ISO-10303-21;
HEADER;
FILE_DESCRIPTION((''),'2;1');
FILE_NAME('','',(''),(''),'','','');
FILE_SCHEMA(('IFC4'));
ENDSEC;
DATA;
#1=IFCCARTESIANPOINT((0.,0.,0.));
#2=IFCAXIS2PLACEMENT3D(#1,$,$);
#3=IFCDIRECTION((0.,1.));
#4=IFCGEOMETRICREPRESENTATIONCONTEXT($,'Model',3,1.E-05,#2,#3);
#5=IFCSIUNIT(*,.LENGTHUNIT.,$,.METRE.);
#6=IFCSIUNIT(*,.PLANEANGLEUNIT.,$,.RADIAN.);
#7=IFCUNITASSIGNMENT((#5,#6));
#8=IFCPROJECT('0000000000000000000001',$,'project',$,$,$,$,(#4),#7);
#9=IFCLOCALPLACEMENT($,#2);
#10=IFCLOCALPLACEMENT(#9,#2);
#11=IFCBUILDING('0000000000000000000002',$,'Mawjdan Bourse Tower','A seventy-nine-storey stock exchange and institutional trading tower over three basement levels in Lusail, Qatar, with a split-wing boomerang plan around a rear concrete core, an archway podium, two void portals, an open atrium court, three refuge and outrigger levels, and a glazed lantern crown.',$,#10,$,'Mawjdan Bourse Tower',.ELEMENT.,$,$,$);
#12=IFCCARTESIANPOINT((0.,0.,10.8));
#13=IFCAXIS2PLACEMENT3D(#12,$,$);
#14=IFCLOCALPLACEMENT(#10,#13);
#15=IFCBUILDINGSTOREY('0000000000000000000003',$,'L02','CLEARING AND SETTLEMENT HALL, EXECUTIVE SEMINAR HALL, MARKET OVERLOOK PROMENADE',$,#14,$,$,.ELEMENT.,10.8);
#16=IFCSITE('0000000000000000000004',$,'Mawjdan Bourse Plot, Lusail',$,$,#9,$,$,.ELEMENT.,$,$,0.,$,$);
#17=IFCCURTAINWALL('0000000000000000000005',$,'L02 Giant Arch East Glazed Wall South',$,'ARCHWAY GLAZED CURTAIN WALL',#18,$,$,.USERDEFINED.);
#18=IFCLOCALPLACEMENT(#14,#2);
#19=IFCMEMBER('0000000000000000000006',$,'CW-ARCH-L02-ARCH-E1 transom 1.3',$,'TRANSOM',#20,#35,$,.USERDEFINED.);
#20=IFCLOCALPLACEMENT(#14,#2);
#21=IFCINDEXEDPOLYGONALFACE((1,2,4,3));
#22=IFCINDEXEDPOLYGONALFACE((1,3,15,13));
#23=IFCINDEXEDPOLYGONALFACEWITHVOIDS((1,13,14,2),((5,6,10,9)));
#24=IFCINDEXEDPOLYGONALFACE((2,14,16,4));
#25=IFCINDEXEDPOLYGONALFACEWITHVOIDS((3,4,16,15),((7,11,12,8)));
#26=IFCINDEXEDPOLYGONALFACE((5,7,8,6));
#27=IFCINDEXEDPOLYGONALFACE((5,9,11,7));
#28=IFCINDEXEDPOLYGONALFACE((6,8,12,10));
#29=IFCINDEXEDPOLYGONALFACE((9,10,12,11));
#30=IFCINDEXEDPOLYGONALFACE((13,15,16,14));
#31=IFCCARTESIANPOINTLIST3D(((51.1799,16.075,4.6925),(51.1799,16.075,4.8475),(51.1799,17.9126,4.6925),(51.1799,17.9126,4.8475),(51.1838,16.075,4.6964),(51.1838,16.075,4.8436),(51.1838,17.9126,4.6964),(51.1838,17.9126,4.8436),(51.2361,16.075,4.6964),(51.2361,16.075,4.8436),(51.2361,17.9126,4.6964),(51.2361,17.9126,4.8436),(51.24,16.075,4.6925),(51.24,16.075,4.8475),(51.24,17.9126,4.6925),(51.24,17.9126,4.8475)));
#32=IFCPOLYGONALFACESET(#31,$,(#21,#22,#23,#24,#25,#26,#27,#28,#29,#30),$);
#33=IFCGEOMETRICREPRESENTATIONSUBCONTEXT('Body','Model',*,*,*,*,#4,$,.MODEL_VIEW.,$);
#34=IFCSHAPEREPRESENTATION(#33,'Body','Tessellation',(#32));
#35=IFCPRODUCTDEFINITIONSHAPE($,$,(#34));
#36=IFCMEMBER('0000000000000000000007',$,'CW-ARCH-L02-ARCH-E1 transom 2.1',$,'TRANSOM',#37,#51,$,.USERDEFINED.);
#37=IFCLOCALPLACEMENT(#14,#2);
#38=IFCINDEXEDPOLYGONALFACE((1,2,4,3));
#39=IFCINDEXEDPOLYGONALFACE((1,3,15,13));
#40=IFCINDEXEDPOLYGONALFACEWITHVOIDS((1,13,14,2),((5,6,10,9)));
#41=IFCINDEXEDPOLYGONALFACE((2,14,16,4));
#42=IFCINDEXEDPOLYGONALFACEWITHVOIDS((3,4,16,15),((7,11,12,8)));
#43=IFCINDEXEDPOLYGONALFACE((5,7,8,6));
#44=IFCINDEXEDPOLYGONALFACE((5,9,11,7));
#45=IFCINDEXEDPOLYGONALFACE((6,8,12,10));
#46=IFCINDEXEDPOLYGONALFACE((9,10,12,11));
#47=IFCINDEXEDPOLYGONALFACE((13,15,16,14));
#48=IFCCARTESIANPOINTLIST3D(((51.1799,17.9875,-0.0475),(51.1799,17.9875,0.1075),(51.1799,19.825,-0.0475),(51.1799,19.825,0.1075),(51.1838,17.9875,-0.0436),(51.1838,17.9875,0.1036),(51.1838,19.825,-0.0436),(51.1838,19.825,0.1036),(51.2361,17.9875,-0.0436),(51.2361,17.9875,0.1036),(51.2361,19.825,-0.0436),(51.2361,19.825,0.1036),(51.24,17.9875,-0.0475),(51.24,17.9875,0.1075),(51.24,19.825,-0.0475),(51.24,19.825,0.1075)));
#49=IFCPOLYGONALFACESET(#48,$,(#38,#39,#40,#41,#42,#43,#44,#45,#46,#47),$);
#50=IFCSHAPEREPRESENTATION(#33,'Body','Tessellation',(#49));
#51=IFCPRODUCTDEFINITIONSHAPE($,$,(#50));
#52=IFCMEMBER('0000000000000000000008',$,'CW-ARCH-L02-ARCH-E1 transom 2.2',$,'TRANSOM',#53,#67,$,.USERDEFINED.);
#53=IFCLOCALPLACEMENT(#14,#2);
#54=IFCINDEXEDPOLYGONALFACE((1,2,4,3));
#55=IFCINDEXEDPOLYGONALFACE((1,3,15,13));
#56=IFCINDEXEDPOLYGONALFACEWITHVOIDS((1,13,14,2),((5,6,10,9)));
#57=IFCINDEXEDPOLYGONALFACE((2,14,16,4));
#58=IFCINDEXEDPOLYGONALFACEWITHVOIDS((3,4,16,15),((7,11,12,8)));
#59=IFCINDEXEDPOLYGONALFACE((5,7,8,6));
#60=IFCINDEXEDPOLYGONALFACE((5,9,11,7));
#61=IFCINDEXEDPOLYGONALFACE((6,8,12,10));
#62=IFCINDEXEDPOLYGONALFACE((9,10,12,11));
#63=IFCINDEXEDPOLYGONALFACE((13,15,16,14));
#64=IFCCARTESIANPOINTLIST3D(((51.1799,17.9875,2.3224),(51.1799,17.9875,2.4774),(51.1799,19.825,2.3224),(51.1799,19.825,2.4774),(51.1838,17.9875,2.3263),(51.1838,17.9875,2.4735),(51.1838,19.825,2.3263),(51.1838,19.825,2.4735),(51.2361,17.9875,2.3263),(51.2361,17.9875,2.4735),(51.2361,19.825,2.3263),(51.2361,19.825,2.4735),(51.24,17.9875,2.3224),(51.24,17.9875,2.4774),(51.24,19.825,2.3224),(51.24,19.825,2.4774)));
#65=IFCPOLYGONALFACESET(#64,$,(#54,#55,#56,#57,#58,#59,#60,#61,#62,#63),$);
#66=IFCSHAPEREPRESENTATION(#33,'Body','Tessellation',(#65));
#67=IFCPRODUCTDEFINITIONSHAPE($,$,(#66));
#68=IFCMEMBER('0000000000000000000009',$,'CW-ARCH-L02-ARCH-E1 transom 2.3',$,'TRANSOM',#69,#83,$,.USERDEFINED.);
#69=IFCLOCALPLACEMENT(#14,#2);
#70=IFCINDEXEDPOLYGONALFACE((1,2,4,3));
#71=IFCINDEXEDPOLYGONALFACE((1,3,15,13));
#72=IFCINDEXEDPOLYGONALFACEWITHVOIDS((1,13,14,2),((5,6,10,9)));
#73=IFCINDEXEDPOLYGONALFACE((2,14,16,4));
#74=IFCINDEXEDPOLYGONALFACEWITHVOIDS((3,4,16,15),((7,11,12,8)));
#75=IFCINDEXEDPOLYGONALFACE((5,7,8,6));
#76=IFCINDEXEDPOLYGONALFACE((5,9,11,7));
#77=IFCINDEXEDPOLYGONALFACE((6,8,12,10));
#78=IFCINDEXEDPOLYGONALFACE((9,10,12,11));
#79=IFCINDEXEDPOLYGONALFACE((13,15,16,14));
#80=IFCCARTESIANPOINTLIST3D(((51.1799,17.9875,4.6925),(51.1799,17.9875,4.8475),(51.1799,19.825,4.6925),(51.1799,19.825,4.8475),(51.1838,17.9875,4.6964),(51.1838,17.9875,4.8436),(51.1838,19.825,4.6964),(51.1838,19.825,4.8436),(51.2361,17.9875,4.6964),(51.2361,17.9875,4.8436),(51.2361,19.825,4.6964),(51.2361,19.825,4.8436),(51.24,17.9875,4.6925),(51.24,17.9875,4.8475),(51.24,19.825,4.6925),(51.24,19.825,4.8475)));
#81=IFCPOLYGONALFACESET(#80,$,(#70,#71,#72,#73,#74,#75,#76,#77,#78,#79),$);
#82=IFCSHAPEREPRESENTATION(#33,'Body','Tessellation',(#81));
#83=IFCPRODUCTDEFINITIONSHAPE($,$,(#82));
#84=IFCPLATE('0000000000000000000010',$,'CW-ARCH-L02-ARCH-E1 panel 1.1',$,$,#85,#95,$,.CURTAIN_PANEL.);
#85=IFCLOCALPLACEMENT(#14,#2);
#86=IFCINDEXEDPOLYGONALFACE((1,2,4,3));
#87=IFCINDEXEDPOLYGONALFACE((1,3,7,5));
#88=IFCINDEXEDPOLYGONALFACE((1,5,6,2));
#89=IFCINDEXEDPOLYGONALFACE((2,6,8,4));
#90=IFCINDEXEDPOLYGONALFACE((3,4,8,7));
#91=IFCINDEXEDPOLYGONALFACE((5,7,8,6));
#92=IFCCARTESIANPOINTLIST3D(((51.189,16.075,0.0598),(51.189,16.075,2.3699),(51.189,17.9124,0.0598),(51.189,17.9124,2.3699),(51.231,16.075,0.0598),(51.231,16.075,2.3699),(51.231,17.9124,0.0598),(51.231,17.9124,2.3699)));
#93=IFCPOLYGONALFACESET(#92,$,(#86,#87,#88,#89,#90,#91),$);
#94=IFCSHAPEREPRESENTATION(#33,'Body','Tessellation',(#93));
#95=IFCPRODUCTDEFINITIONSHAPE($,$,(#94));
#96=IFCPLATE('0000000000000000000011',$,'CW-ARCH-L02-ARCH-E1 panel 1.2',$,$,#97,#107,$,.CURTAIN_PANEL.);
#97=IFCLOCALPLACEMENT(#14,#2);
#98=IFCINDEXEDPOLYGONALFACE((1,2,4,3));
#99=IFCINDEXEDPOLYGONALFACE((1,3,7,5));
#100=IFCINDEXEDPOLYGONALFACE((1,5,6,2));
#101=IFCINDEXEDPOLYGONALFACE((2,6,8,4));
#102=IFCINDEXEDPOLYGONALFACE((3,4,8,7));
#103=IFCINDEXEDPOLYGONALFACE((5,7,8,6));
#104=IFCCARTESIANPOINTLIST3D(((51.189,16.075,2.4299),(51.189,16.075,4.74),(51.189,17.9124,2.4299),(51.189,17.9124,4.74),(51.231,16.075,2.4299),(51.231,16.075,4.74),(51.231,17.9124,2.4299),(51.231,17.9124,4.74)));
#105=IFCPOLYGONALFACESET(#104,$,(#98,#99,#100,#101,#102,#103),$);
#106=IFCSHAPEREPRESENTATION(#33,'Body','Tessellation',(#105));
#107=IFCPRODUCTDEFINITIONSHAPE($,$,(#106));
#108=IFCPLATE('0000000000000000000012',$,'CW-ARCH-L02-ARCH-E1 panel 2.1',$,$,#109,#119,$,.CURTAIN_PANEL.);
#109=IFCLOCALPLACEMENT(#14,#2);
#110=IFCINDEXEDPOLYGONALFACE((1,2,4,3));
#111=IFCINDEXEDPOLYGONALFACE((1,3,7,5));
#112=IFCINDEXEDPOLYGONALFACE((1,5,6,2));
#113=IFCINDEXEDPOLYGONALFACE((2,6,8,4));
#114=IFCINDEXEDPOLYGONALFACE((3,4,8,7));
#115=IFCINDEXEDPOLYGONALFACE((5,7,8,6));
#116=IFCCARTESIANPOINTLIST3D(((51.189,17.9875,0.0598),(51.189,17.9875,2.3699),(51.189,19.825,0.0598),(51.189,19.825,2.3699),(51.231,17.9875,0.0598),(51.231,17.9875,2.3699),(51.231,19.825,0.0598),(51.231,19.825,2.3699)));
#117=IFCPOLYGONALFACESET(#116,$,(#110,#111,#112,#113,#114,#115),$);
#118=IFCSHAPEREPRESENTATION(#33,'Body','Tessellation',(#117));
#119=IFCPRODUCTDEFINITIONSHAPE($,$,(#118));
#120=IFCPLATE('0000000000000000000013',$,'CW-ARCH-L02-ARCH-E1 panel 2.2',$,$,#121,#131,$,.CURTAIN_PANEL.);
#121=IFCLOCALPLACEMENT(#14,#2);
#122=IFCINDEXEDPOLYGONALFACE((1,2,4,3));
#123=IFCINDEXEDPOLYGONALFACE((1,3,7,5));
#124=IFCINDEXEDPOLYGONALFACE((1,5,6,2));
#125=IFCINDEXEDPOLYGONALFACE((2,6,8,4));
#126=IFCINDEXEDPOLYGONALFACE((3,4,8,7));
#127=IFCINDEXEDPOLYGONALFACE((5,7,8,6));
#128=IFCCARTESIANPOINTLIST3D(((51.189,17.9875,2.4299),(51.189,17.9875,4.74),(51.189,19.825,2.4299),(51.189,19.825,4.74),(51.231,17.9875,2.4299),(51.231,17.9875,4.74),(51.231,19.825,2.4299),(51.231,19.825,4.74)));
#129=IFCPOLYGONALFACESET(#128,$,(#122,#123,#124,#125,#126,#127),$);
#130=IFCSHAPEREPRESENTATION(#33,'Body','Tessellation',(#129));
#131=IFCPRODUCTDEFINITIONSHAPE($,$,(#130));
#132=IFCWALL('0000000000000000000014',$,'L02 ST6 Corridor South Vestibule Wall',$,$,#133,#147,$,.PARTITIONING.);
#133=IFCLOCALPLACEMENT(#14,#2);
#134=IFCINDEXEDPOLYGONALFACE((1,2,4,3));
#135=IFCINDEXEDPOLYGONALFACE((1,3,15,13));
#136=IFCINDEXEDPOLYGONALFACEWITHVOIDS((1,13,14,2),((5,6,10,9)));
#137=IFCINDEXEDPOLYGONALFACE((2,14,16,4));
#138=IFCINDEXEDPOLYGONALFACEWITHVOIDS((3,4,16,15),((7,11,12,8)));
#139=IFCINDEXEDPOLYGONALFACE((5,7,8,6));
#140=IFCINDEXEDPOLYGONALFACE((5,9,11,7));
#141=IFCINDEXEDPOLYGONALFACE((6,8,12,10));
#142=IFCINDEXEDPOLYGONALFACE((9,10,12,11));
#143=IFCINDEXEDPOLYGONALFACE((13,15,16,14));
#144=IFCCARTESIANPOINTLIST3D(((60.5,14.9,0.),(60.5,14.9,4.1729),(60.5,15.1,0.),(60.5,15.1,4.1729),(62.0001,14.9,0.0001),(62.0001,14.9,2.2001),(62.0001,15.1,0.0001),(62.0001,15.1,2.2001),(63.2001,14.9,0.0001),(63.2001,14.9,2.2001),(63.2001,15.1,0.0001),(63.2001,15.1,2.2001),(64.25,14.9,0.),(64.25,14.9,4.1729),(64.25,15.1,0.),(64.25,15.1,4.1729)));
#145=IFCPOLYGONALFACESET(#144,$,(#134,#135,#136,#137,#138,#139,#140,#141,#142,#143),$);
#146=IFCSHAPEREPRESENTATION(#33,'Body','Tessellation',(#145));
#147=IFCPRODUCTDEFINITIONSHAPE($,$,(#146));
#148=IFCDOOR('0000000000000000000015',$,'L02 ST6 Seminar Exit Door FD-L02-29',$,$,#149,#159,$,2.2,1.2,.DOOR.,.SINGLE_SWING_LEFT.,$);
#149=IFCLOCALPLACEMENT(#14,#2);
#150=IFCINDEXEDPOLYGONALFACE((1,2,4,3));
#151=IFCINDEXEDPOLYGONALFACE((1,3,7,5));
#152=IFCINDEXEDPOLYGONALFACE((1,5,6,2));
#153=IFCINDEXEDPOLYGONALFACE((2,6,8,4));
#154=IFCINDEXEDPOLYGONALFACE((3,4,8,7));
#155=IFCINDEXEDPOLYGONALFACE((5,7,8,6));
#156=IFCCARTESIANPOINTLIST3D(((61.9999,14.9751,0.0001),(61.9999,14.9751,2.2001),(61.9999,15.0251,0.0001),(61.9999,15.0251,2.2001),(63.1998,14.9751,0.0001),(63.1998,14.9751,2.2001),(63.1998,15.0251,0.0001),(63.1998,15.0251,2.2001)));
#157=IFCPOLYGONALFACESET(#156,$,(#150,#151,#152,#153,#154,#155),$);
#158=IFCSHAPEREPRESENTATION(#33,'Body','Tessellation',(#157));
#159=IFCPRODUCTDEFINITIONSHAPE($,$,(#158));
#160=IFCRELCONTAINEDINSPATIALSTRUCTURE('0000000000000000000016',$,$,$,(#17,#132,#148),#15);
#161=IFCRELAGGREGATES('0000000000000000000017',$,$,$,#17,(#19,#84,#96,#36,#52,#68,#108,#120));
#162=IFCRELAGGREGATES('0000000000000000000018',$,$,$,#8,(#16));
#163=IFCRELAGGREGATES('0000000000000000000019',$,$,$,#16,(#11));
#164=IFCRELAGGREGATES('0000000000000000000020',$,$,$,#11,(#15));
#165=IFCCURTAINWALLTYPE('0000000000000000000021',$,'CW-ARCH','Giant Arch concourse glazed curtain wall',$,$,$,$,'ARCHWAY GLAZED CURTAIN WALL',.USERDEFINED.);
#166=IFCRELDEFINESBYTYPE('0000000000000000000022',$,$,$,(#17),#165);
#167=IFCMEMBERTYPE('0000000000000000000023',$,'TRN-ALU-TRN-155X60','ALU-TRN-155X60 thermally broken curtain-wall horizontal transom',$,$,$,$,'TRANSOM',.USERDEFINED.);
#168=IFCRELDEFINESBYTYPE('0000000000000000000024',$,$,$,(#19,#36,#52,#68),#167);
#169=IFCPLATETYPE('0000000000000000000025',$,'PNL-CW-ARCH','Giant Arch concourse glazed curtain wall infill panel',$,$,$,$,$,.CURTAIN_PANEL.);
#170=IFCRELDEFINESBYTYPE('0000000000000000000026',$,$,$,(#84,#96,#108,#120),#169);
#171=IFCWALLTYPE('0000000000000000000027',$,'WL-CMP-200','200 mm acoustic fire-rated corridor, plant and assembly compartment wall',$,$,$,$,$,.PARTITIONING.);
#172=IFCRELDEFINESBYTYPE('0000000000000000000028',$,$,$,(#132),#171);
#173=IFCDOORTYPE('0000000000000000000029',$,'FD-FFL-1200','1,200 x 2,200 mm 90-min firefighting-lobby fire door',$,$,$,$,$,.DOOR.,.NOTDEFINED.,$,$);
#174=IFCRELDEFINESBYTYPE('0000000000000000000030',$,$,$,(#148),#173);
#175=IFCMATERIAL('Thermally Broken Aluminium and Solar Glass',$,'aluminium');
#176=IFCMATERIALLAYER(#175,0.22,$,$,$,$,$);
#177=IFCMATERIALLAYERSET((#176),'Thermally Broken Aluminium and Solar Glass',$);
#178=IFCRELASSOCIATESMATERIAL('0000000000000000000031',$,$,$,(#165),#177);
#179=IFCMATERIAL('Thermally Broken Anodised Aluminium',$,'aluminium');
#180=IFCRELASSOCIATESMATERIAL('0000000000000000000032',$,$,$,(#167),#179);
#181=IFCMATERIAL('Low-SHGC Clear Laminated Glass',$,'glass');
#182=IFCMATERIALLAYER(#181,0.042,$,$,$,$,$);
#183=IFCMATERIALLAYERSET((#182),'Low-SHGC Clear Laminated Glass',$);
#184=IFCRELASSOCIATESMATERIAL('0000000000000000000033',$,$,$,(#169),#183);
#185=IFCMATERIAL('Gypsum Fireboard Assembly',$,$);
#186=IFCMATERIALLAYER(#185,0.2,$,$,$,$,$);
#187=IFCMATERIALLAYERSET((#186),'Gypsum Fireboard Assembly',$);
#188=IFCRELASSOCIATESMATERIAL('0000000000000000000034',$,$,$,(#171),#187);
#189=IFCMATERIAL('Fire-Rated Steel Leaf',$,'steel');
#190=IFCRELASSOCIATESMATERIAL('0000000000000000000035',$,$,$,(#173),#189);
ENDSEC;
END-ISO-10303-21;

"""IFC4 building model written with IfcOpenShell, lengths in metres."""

from ifc_helpers import new_model, si_unit, direction, frame, frame_2d, origin, origin_2d, place, context, subcontext, project, spatial, rectangle, hollow_rectangle, extrude, material, layer, layer_set, material_profile, profile_set, type_object, element, fill, aggregate, save


model = new_model("IFC4")

# Units and contexts
model_context = context("Model", 3, precision=1e-05, world=origin(), true_north=direction((0.0, 1.0)))
body_context = subcontext(model_context, "Body", "Model", "MODEL_VIEW")
ifc_project = project(units=[si_unit("LENGTHUNIT", "METRE"), si_unit("PLANEANGLEUNIT", "RADIAN")], contexts=[model_context])

# Site, building, storey
site_placement = place(None, origin())
site = spatial("IfcSite", under=ifc_project, at=site_placement, Name="Mawjdan Bourse Plot, Lusail", CompositionType="ELEMENT", RefElevation=0.0)
building_placement = place(site_placement, origin())
building = spatial("IfcBuilding", under=site, at=building_placement, Name="Mawjdan Bourse Tower", Description="A seventy-nine-storey stock exchange and institutional trading tower over three basement levels in Lusail, Qatar, with a split-wing boomerang plan around a rear concrete core, an archway podium, two void portals, an open atrium court, three refuge and outrigger levels, and a glazed lantern crown.", LongName="Mawjdan Bourse Tower", CompositionType="ELEMENT")
storey_placement = place(building_placement, frame((0.0, 0.0, 10.8)))
storey = spatial("IfcBuildingStorey", under=building, at=storey_placement, Name="L02", Description="CLEARING AND SETTLEMENT HALL, EXECUTIVE SEMINAR HALL, MARKET OVERLOOK PROMENADE", CompositionType="ELEMENT", Elevation=10.8)

# Curtain wall, members, plates
ifc_material_1 = material(Name="Thermally Broken Aluminium and Solar Glass", Category="aluminium")
ifc_layer_1 = layer(ifc_material_1, 0.22)
ifc_layer_set_1 = layer_set([ifc_layer_1], Name="Thermally Broken Aluminium and Solar Glass")
curtain_wall_type = type_object("IfcCurtainWallType", Name="CW-ARCH", Description="Giant Arch concourse glazed curtain wall", ElementType="ARCHWAY GLAZED CURTAIN WALL", PredefinedType="USERDEFINED", material=ifc_layer_set_1)
curtain_wall_placement = place(storey_placement, origin())
curtain_wall = element("IfcCurtainWall", 1, at=curtain_wall_placement, inside=storey, type_object=curtain_wall_type, Name="L02 Giant Arch East Glazed Wall South", ObjectType="ARCHWAY GLAZED CURTAIN WALL", PredefinedType="USERDEFINED")
ifc_material_2 = material(Name="Thermally Broken Anodised Aluminium", Category="aluminium")
ifc_material_profile_1 = material_profile(ifc_material_2, hollow_rectangle(XDim=0.0601, YDim=0.155, WallThickness=0.0039, at=origin_2d()), Name="ALU-TRN-155X60")
ifc_profile_set_1 = profile_set([ifc_material_profile_1], Name="Thermally Broken Anodised Aluminium")
member_type_1 = type_object("IfcMemberType", Name="TRN-ALU-TRN-155X60", Description="ALU-TRN-155X60 thermally broken curtain-wall horizontal transom", ElementType="TRANSOM", PredefinedType="USERDEFINED", material=ifc_profile_set_1)
member_1_placement = place(storey_placement, frame((51.21, 16.075, 4.77), z_axis=(0.0, 1.0, 0.0), x_axis=(-1.0, 0.0, 0.0)))
member_1 = element("IfcMember", 2, at=member_1_placement, type_object=member_type_1, Name="CW-ARCH-L02-ARCH-E1 transom 1.3", ObjectType="TRANSOM", PredefinedType="USERDEFINED", context=body_context, shape_type="SweptSolid", body=[
    extrude(hollow_rectangle(XDim=0.0601, YDim=0.155, WallThickness=0.0039, at=origin_2d()), origin(), (0.0, 0.0, 1.0), 1.8376),
])
member_2_placement = place(storey_placement, frame((51.21, 17.9875, 0.03), z_axis=(0.0, 1.0, 0.0), x_axis=(-1.0, 0.0, 0.0)))
member_2 = element("IfcMember", 3, at=member_2_placement, type_object=member_type_1, Name="CW-ARCH-L02-ARCH-E1 transom 2.1", ObjectType="TRANSOM", PredefinedType="USERDEFINED", context=body_context, shape_type="SweptSolid", body=[
    extrude(hollow_rectangle(XDim=0.0601, YDim=0.155, WallThickness=0.0039, at=origin_2d()), origin(), (0.0, 0.0, 1.0), 1.8374),
])
member_3_placement = place(storey_placement, frame((51.21, 17.9875, 2.3999), z_axis=(0.0, 1.0, 0.0), x_axis=(-1.0, 0.0, 0.0)))
member_3 = element("IfcMember", 4, at=member_3_placement, type_object=member_type_1, Name="CW-ARCH-L02-ARCH-E1 transom 2.2", ObjectType="TRANSOM", PredefinedType="USERDEFINED", context=body_context, shape_type="SweptSolid", body=[
    extrude(hollow_rectangle(XDim=0.0601, YDim=0.155, WallThickness=0.0039, at=origin_2d()), origin(), (0.0, 0.0, 1.0), 1.8374),
])
member_4_placement = place(storey_placement, frame((51.21, 17.9875, 4.77), z_axis=(0.0, 1.0, 0.0), x_axis=(-1.0, 0.0, 0.0)))
member_4 = element("IfcMember", 5, at=member_4_placement, type_object=member_type_1, Name="CW-ARCH-L02-ARCH-E1 transom 2.3", ObjectType="TRANSOM", PredefinedType="USERDEFINED", context=body_context, shape_type="SweptSolid", body=[
    extrude(hollow_rectangle(XDim=0.0601, YDim=0.155, WallThickness=0.0039, at=origin_2d()), origin(), (0.0, 0.0, 1.0), 1.8374),
])
ifc_material_3 = material(Name="Low-SHGC Clear Laminated Glass", Category="glass")
ifc_layer_2 = layer(ifc_material_3, 0.042)
ifc_layer_set_2 = layer_set([ifc_layer_2], Name="Low-SHGC Clear Laminated Glass")
plate_type = type_object("IfcPlateType", Name="PNL-CW-ARCH", Description="Giant Arch concourse glazed curtain wall infill panel", PredefinedType="CURTAIN_PANEL", material=ifc_layer_set_2)
plate_1_placement = place(storey_placement, frame((51.21, 16.9937, 0.0598), z_axis=(0.0, 0.0, 1.0), x_axis=(0.0, 1.0, 0.0)))
plate_1 = element("IfcPlate", 6, at=plate_1_placement, type_object=plate_type, Name="CW-ARCH-L02-ARCH-E1 panel 1.1", PredefinedType="CURTAIN_PANEL", context=body_context, shape_type="SweptSolid", body=[
    extrude(rectangle(XDim=1.8374, YDim=0.042, at=origin_2d()), origin(), (0.0, 0.0, 1.0), 2.3101),
])
plate_2_placement = place(storey_placement, frame((51.21, 16.9937, 2.4299), z_axis=(0.0, 0.0, 1.0), x_axis=(0.0, 1.0, 0.0)))
plate_2 = element("IfcPlate", 7, at=plate_2_placement, type_object=plate_type, Name="CW-ARCH-L02-ARCH-E1 panel 1.2", PredefinedType="CURTAIN_PANEL", context=body_context, shape_type="SweptSolid", body=[
    extrude(rectangle(XDim=1.8374, YDim=0.042, at=origin_2d()), origin(), (0.0, 0.0, 1.0), 2.3101),
])
plate_3_placement = place(storey_placement, frame((51.21, 18.9062, 0.0598), z_axis=(0.0, 0.0, 1.0), x_axis=(0.0, 1.0, 0.0)))
plate_3 = element("IfcPlate", 8, at=plate_3_placement, type_object=plate_type, Name="CW-ARCH-L02-ARCH-E1 panel 2.1", PredefinedType="CURTAIN_PANEL", context=body_context, shape_type="SweptSolid", body=[
    extrude(rectangle(XDim=1.8374, YDim=0.042, at=origin_2d()), origin(), (0.0, 0.0, 1.0), 2.3101),
])
plate_4_placement = place(storey_placement, frame((51.21, 18.9062, 2.4299), z_axis=(0.0, 0.0, 1.0), x_axis=(0.0, 1.0, 0.0)))
plate_4 = element("IfcPlate", 9, at=plate_4_placement, type_object=plate_type, Name="CW-ARCH-L02-ARCH-E1 panel 2.2", PredefinedType="CURTAIN_PANEL", context=body_context, shape_type="SweptSolid", body=[
    extrude(rectangle(XDim=1.8374, YDim=0.042, at=origin_2d()), origin(), (0.0, 0.0, 1.0), 2.3101),
])
aggregate(curtain_wall, [member_1, plate_1, plate_2, member_2, member_3, member_4, plate_3, plate_4])

# Wall, opening, door
ifc_material_4 = material(Name="Gypsum Fireboard Assembly")
ifc_layer_3 = layer(ifc_material_4, 0.2)
ifc_layer_set_3 = layer_set([ifc_layer_3], Name="Gypsum Fireboard Assembly")
wall_type_1 = type_object("IfcWallType", Name="WL-CMP-200", Description="200 mm acoustic fire-rated corridor, plant and assembly compartment wall", PredefinedType="PARTITIONING", material=ifc_layer_set_3)
wall_1_placement = place(storey_placement, frame((60.5, 15.0, 0.0), z_axis=(0.0, 0.0, 1.0), x_axis=(1.0, 0.0, 0.0)))
wall_1 = element("IfcWall", 10, at=wall_1_placement, inside=storey, type_object=wall_type_1, Name="L02 ST6 Corridor South Vestibule Wall", PredefinedType="PARTITIONING", context=body_context, shape_type="SweptSolid", body=[
    extrude(rectangle(XDim=3.75, YDim=0.2, at=frame_2d((1.875, 0.0))), origin(), (0.0, 0.0, 1.0), 4.1729),
])
opening_1_placement = place(wall_1_placement, frame((1.5, 0.0, 0.0)))
opening_1 = element("IfcOpeningElement", 11, at=opening_1_placement, cuts=wall_1, PredefinedType="OPENING", context=body_context, shape_type="SweptSolid", body=[
    extrude(rectangle(XDim=1.2, YDim=2.2, at=frame_2d((0.6001, 1.1001))), frame((0.0, 0.1099, 0.0), z_axis=(0.0, -1.0, 0.0), x_axis=(1.0, 0.0, 0.0)), (0.0, 0.0, 1.0), 0.22),
])
ifc_material_5 = material(Name="Fire-Rated Steel Leaf", Category="steel")
door_type_1 = type_object("IfcDoorType", Name="FD-FFL-1200", Description="1,200 x 2,200 mm 90-min firefighting-lobby fire door", OperationType="NOTDEFINED", PredefinedType="DOOR", material=ifc_material_5)
door_1_placement = place(opening_1_placement, frame((1.2, 0.0, 0.0), z_axis=(0.0, 0.0, 1.0), x_axis=(-1.0, 0.0, 0.0)))
door_1 = element("IfcDoor", 12, at=door_1_placement, inside=storey, type_object=door_type_1, Name="L02 ST6 Seminar Exit Door FD-L02-29", OperationType="SINGLE_SWING_LEFT", OverallHeight=2.2, OverallWidth=1.2, PredefinedType="DOOR", context=body_context, shape_type="SweptSolid", body=[
    extrude(rectangle(XDim=1.2, YDim=2.2, at=frame_2d((0.6001, 1.1001))), frame((0.0, 0.0249, 0.0), z_axis=(0.0, -1.0, 0.0), x_axis=(1.0, 0.0, 0.0)), (0.0, 0.0, 1.0), 0.05),
])
fill(opening_1, door_1)

save(model, "model.ifc")
